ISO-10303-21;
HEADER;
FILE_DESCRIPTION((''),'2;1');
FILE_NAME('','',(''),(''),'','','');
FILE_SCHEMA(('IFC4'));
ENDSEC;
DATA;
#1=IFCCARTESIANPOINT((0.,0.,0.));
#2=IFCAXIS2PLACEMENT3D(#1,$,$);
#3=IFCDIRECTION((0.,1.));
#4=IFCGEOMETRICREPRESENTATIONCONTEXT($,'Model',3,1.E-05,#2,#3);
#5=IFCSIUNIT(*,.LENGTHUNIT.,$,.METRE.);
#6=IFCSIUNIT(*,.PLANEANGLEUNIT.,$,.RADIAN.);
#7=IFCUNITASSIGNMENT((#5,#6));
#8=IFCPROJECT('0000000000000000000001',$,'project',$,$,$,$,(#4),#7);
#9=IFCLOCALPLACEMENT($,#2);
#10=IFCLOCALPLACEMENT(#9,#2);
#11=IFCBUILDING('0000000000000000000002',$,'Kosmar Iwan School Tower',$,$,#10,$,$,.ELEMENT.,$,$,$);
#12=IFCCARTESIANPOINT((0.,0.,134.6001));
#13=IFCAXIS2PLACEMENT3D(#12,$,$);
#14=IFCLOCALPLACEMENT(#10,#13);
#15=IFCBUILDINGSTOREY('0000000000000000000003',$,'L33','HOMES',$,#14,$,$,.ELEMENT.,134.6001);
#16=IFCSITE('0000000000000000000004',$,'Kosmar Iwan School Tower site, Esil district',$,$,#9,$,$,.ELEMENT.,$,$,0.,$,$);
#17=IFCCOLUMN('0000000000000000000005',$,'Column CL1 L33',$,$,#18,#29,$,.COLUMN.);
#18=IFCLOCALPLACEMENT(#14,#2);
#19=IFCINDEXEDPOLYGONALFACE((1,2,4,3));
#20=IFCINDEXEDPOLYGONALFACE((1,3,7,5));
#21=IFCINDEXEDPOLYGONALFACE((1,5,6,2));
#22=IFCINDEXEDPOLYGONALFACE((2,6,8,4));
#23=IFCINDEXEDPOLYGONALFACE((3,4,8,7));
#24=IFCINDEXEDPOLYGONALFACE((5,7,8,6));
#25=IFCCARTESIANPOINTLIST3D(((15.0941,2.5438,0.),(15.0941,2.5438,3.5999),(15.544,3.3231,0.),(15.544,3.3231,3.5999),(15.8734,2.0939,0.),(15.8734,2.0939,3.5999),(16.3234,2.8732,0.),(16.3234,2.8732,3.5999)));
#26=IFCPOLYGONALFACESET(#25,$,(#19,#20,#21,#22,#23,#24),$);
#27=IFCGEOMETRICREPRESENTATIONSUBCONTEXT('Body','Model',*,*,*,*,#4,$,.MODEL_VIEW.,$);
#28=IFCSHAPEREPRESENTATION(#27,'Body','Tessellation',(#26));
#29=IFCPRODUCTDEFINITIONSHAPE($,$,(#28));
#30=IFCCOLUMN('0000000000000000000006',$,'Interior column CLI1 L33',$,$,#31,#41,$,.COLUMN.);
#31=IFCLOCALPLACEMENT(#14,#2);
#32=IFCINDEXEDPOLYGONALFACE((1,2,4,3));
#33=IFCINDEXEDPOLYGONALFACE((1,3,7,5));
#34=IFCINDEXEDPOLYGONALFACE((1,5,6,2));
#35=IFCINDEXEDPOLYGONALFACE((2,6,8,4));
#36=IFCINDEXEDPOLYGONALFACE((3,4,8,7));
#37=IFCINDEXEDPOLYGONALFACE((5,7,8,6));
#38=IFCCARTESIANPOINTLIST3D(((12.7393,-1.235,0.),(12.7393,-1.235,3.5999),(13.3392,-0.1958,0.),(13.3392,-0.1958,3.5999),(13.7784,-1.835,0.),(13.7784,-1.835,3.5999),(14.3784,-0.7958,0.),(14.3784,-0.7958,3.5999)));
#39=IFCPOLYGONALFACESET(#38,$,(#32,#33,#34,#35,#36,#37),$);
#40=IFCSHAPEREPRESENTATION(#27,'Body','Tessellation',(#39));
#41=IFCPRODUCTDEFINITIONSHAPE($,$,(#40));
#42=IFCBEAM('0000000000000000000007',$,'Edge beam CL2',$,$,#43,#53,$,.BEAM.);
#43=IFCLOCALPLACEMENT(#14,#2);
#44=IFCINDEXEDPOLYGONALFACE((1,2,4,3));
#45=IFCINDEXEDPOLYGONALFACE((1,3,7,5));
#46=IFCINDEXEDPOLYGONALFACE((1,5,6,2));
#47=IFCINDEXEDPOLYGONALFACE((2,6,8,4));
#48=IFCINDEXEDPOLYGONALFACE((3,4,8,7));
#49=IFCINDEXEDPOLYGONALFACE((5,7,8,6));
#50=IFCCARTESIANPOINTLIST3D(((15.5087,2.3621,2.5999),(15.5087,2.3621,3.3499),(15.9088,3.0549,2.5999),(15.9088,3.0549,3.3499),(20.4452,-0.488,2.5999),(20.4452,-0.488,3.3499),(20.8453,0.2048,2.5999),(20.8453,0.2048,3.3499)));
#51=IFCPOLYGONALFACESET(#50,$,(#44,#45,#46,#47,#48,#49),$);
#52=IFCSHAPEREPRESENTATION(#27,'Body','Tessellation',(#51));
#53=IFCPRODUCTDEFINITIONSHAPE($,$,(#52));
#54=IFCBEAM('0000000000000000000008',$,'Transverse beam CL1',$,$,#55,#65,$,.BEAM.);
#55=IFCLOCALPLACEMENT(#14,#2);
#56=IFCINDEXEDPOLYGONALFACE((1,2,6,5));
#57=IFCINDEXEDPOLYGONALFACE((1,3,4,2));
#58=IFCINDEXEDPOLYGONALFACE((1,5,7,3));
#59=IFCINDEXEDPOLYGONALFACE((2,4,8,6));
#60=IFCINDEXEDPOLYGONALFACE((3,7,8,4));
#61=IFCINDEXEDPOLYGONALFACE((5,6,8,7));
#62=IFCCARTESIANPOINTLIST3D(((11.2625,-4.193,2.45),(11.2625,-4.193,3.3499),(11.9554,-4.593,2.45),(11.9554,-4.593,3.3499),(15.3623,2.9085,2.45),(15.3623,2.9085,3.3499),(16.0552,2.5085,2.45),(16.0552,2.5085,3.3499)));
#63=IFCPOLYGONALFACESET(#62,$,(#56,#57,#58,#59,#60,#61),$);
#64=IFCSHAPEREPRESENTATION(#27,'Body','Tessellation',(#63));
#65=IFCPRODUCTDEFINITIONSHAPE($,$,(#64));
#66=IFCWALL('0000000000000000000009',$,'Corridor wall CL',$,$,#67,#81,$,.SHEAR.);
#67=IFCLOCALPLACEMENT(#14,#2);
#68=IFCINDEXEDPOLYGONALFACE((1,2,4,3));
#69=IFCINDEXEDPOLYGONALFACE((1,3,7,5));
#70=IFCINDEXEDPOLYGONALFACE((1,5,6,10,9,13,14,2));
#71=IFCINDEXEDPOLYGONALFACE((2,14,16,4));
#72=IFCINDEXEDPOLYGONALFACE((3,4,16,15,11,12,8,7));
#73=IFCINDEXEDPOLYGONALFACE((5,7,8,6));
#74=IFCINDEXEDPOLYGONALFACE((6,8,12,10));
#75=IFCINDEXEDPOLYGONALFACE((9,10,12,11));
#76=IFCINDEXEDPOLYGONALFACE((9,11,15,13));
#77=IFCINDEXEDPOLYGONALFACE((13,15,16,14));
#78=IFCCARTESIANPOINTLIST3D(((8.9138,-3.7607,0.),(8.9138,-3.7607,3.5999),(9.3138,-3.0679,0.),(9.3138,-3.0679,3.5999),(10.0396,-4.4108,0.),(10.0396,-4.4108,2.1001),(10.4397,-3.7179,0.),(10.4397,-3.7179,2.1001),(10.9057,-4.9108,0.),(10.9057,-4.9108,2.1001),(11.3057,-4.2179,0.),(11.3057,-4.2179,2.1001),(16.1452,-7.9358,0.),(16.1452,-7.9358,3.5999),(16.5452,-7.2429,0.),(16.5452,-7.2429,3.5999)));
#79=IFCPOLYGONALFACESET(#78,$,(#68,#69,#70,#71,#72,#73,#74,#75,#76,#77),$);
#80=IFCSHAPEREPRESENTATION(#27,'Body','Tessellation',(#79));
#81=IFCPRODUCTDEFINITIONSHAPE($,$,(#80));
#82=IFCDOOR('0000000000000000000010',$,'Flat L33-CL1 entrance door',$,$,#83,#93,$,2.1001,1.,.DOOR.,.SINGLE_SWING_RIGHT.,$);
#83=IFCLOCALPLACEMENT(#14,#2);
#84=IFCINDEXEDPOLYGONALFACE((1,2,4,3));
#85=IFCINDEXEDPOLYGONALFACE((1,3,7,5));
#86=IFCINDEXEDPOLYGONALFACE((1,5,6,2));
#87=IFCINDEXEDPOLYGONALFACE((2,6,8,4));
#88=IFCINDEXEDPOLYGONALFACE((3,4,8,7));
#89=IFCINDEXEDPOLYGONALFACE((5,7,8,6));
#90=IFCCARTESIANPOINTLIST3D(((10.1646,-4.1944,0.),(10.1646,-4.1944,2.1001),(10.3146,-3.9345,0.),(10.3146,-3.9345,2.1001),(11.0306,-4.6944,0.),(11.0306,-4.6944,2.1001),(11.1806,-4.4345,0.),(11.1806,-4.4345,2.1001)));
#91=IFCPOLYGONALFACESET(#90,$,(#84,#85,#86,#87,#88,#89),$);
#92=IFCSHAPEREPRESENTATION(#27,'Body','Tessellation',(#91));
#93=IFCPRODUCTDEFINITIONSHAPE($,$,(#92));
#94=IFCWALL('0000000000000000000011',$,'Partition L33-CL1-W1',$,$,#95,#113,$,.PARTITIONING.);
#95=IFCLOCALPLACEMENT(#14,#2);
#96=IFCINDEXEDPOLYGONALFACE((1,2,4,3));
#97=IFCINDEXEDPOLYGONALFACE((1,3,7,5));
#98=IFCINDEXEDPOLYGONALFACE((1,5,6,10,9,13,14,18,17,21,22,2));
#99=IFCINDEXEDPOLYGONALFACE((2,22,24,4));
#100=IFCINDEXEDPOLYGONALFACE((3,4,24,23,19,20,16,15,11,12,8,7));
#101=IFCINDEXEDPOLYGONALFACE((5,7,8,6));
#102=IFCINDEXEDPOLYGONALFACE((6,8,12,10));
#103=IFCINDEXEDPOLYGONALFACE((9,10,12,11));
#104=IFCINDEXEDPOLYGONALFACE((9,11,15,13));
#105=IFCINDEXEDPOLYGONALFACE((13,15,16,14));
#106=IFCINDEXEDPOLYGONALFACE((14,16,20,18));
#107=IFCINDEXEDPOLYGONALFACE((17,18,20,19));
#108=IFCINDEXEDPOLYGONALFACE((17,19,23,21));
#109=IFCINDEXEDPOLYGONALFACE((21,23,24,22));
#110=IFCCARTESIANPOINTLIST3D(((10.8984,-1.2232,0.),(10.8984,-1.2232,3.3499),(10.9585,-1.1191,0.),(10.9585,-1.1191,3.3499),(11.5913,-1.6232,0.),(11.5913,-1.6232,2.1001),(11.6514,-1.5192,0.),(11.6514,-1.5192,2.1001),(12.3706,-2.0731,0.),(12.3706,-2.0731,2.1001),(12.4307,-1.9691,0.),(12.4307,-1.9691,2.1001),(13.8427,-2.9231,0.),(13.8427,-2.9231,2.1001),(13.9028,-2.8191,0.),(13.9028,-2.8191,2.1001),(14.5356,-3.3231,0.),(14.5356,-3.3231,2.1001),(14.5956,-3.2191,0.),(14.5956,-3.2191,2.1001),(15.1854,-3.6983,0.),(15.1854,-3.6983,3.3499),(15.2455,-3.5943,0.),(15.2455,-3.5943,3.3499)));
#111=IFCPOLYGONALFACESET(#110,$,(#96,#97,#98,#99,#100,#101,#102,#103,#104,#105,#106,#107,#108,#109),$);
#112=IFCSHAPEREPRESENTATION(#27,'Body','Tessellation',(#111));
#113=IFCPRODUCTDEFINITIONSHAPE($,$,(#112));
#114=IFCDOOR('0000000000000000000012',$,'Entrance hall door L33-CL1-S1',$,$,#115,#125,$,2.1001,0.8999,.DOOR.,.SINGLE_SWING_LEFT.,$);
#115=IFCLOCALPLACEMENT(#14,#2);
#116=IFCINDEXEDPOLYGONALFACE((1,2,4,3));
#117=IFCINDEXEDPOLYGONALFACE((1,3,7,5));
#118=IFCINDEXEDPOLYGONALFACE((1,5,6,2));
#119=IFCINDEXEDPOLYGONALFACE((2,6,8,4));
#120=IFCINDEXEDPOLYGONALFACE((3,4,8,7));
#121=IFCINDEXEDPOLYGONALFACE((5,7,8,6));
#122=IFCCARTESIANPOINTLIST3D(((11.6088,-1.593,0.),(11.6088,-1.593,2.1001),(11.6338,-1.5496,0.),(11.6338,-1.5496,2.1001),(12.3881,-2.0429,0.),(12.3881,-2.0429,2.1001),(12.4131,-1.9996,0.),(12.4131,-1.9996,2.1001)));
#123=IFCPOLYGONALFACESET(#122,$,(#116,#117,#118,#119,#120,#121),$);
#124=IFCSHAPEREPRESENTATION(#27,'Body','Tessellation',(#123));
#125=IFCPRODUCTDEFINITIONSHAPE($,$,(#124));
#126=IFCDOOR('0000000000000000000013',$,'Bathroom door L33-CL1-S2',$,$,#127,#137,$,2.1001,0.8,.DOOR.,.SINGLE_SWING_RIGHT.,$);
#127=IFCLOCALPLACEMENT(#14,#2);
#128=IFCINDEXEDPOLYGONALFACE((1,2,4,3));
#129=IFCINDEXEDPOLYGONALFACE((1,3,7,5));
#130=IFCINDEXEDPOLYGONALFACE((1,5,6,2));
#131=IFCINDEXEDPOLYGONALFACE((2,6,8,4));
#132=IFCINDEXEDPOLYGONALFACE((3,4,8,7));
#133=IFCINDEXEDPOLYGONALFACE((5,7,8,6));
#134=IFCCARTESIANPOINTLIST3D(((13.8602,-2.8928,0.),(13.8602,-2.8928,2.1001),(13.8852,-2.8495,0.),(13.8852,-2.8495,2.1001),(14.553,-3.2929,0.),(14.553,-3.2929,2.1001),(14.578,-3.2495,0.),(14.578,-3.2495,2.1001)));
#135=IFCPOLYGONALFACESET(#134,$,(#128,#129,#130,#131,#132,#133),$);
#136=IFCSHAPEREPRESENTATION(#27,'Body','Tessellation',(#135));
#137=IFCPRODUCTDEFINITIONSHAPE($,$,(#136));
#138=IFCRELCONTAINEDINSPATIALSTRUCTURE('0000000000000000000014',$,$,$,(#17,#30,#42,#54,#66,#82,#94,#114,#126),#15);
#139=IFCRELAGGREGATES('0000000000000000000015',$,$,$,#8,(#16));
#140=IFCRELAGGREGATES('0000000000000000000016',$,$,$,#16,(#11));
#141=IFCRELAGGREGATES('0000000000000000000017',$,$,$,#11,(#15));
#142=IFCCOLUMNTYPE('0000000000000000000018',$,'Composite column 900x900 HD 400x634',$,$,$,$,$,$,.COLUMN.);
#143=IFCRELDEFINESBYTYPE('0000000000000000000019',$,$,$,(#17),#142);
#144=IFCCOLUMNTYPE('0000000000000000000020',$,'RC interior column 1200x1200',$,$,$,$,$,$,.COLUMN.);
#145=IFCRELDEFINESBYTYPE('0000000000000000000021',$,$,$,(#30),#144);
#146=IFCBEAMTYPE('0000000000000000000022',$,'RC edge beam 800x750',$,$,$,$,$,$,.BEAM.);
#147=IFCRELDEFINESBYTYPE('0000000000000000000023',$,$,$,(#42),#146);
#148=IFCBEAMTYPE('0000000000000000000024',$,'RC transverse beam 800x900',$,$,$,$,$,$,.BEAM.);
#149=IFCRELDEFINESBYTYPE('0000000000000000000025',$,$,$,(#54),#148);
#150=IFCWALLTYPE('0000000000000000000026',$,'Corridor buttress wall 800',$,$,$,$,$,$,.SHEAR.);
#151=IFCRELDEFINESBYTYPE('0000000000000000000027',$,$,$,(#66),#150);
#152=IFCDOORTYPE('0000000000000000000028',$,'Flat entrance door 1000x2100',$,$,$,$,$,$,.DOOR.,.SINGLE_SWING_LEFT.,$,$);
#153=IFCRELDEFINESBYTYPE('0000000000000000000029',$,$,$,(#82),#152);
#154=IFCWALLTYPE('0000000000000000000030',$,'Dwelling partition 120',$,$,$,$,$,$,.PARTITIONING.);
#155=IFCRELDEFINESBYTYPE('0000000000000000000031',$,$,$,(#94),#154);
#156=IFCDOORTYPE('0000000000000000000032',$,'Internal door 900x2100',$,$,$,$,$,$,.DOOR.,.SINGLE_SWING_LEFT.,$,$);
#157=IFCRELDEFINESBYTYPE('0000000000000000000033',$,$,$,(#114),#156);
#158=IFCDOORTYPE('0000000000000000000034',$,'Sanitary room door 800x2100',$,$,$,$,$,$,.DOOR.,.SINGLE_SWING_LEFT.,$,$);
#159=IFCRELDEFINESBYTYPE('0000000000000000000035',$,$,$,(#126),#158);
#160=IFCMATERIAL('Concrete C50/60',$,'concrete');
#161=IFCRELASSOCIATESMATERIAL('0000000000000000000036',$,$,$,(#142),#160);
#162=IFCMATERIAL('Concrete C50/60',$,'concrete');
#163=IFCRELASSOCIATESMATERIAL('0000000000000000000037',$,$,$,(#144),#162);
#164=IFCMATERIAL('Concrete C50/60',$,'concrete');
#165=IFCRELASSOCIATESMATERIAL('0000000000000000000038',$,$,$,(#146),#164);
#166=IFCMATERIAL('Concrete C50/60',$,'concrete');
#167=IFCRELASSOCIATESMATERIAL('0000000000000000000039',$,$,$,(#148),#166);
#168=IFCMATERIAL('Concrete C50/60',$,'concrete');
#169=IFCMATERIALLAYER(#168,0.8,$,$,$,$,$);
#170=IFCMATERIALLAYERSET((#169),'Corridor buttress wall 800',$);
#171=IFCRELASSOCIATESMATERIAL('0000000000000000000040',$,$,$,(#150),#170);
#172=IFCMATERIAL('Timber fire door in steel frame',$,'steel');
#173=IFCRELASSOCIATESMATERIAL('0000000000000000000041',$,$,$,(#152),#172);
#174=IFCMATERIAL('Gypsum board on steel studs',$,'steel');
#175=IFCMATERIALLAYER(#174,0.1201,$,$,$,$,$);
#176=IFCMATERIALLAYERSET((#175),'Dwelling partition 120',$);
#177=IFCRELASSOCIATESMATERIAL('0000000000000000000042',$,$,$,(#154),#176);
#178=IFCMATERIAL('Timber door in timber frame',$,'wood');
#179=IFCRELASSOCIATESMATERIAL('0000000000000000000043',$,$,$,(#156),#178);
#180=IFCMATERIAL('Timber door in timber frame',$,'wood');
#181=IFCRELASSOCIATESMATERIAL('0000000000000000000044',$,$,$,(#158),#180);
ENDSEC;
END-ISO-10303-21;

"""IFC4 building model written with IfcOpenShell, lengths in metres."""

from ifc_helpers import new_model, si_unit, direction, frame, frame_2d, origin, origin_2d, place, context, subcontext, project, spatial, rectangle, extrude, material, layer, layer_set, material_profile, profile_set, type_object, element, fill, save


model = new_model("IFC4")

# Units and contexts
model_context = context("Model", 3, precision=1e-05, world=origin(), true_north=direction((0.0, 1.0)))
body_context = subcontext(model_context, "Body", "Model", "MODEL_VIEW")
ifc_project = project(units=[si_unit("LENGTHUNIT", "METRE"), si_unit("PLANEANGLEUNIT", "RADIAN")], contexts=[model_context])

# Site, building, storey
site_placement = place(None, origin())
site = spatial("IfcSite", under=ifc_project, at=site_placement, Name="Kosmar Iwan School Tower site, Esil district", CompositionType="ELEMENT", RefElevation=0.0)
building_placement = place(site_placement, origin())
building = spatial("IfcBuilding", under=site, at=building_placement, Name="Kosmar Iwan School Tower", CompositionType="ELEMENT")
storey_placement = place(building_placement, frame((0.0, 0.0, 134.6001)))
storey = spatial("IfcBuildingStorey", under=building, at=storey_placement, Name="L33", Description="HOMES", CompositionType="ELEMENT", Elevation=134.6001)

# Columns
ifc_material_1 = material(Name="Concrete C50/60", Category="concrete")
ifc_material_profile_1 = material_profile(ifc_material_1, rectangle(XDim=0.8999, YDim=0.8999, at=origin_2d()), Name="RC 900x900 + HD 400x634")
ifc_profile_set_1 = profile_set([ifc_material_profile_1], Name="Concrete C50/60")
column_type_1 = type_object("IfcColumnType", Name="Composite column 900x900 HD 400x634", PredefinedType="COLUMN", material=ifc_profile_set_1)
column_1_placement = place(storey_placement, frame((15.7087, 2.7085, 0.0), z_axis=(0.0, 0.0, 1.0), x_axis=(0.866025, -0.5, 0.0)))
element("IfcColumn", 1, at=column_1_placement, inside=storey, type_object=column_type_1, Name="Column CL1 L33", PredefinedType="COLUMN", context=body_context, shape_type="SweptSolid", body=[
    extrude(rectangle(XDim=0.8999, YDim=0.8999, at=origin_2d()), origin(), (0.0, 0.0, 1.0), 3.5999),
])
ifc_material_2 = material(Name="Concrete C50/60", Category="concrete")
ifc_material_profile_2 = material_profile(ifc_material_2, rectangle(XDim=1.2, YDim=1.2, at=origin_2d()), Name="RC 1200x1200")
ifc_profile_set_2 = profile_set([ifc_material_profile_2], Name="Concrete C50/60")
column_type_2 = type_object("IfcColumnType", Name="RC interior column 1200x1200", PredefinedType="COLUMN", material=ifc_profile_set_2)
column_2_placement = place(storey_placement, frame((13.5588, -1.0154, 0.0), z_axis=(0.0, 0.0, 1.0), x_axis=(0.866025, -0.5, 0.0)))
element("IfcColumn", 2, at=column_2_placement, inside=storey, type_object=column_type_2, Name="Interior column CLI1 L33", PredefinedType="COLUMN", context=body_context, shape_type="SweptSolid", body=[
    extrude(rectangle(XDim=1.2, YDim=1.2, at=origin_2d()), origin(), (0.0, 0.0, 1.0), 3.5999),
])

# Beams
ifc_material_3 = material(Name="Concrete C50/60", Category="concrete")
ifc_material_profile_3 = material_profile(ifc_material_3, rectangle(XDim=0.8, YDim=0.75, at=origin_2d()), Name="RC 800x750")
ifc_profile_set_3 = profile_set([ifc_material_profile_3], Name="Concrete C50/60")
beam_type_1 = type_object("IfcBeamType", Name="RC edge beam 800x750", PredefinedType="BEAM", material=ifc_profile_set_3)
beam_1_placement = place(storey_placement, frame((15.7087, 2.7085, 2.9749), z_axis=(0.866026, -0.499999, 0.0), x_axis=(0.499999, 0.866026, 0.0)))
element("IfcBeam", 3, at=beam_1_placement, inside=storey, type_object=beam_type_1, Name="Edge beam CL2", PredefinedType="BEAM", context=body_context, shape_type="SweptSolid", body=[
    extrude(rectangle(XDim=0.8, YDim=0.75, at=origin_2d()), origin(), (0.0, 0.0, 1.0), 5.7002),
])
ifc_material_4 = material(Name="Concrete C50/60", Category="concrete")
ifc_material_profile_4 = material_profile(ifc_material_4, rectangle(XDim=0.8, YDim=0.8999, at=origin_2d()), Name="RC 800x900")
ifc_profile_set_4 = profile_set([ifc_material_profile_4], Name="Concrete C50/60")
beam_type_2 = type_object("IfcBeamType", Name="RC transverse beam 800x900", PredefinedType="BEAM", material=ifc_profile_set_4)
beam_2_placement = place(storey_placement, frame((15.7087, 2.7085, 2.8999), z_axis=(-0.499978, -0.866038, 0.0), x_axis=(0.866038, -0.499978, 0.0)))
element("IfcBeam", 4, at=beam_2_placement, inside=storey, type_object=beam_type_2, Name="Transverse beam CL1", PredefinedType="BEAM", context=body_context, shape_type="SweptSolid", body=[
    extrude(rectangle(XDim=0.8, YDim=0.8999, at=origin_2d()), origin(), (0.0, 0.0, 1.0), 8.2),
])

# Wall, opening, door
ifc_material_5 = material(Name="Concrete C50/60", Category="concrete")
ifc_layer_1 = layer(ifc_material_5, 0.8)
ifc_layer_set_1 = layer_set([ifc_layer_1], Name="Corridor buttress wall 800")
wall_type_1 = type_object("IfcWallType", Name="Corridor buttress wall 800", PredefinedType="SHEAR", material=ifc_layer_set_1)
wall_1_placement = place(storey_placement, frame((9.1138, -3.4143, 0.0), z_axis=(0.0, 0.0, 1.0), x_axis=(0.866027, -0.499997, 0.0)))
wall_1 = element("IfcWall", 5, at=wall_1_placement, inside=storey, type_object=wall_type_1, Name="Corridor wall CL", PredefinedType="SHEAR", context=body_context, shape_type="SweptSolid", body=[
    extrude(rectangle(XDim=8.3501, YDim=0.8, at=frame_2d((4.175, 0.0))), origin(), (0.0, 0.0, 1.0), 3.5999),
])
opening_1_placement = place(wall_1_placement, frame((1.3, 0.0, 0.0)))
opening_1 = element("IfcOpeningElement", 6, at=opening_1_placement, cuts=wall_1, PredefinedType="OPENING", context=body_context, shape_type="SweptSolid", body=[
    extrude(rectangle(XDim=1.0, YDim=2.1001, at=frame_2d((0.5, 1.05))), frame((0.0, 0.4121, 0.0), z_axis=(0.0, -1.0, 0.0), x_axis=(1.0, 0.0, 0.0)), (0.0, 0.0, 1.0), 0.824),
])
ifc_material_6 = material(Name="Timber fire door in steel frame", Category="steel")
door_type_1 = type_object("IfcDoorType", Name="Flat entrance door 1000x2100", OperationType="SINGLE_SWING_LEFT", PredefinedType="DOOR", material=ifc_material_6)
door_1_placement = place(opening_1_placement, origin())
door_1 = element("IfcDoor", 7, at=door_1_placement, inside=storey, type_object=door_type_1, Name="Flat L33-CL1 entrance door", OperationType="SINGLE_SWING_RIGHT", OverallHeight=2.1001, OverallWidth=1.0, PredefinedType="DOOR", context=body_context, shape_type="SweptSolid", body=[
    extrude(rectangle(XDim=1.0, YDim=2.1001, at=frame_2d((0.5, 1.05))), frame((0.0, 0.1499, 0.0), z_axis=(0.0, -1.0, 0.0), x_axis=(1.0, 0.0, 0.0)), (0.0, 0.0, 1.0), 0.3),
])
fill(opening_1, door_1)

# Wall, openings, doors
ifc_material_7 = material(Name="Gypsum board on steel studs", Category="steel")
ifc_layer_2 = layer(ifc_material_7, 0.1201)
ifc_layer_set_2 = layer_set([ifc_layer_2], Name="Dwelling partition 120")
wall_type_2 = type_object("IfcWallType", Name="Dwelling partition 120", PredefinedType="PARTITIONING", material=ifc_layer_set_2)
wall_2_placement = place(storey_placement, frame((10.9285, -1.1711, 0.0), z_axis=(0.0, 0.0, 1.0), x_axis=(0.866019, -0.500011, 0.0)))
wall_2 = element("IfcWall", 8, at=wall_2_placement, inside=storey, type_object=wall_type_2, Name="Partition L33-CL1-W1", PredefinedType="PARTITIONING", context=body_context, shape_type="SweptSolid", body=[
    extrude(rectangle(XDim=4.9502, YDim=0.1201, at=frame_2d((2.4751, 0.0))), origin(), (0.0, 0.0, 1.0), 3.3499),
])
opening_2_placement = place(wall_2_placement, frame((0.8, 0.0, 0.0)))
opening_2 = element("IfcOpeningElement", 9, at=opening_2_placement, cuts=wall_2, PredefinedType="OPENING", context=body_context, shape_type="SweptSolid", body=[
    extrude(rectangle(XDim=0.8999, YDim=2.1001, at=frame_2d((0.45, 1.05))), frame((0.0, 0.072, 0.0), z_axis=(0.0, -1.0, 0.0), x_axis=(1.0, 0.0, 0.0)), (0.0, 0.0, 1.0), 0.144),
])
opening_3_placement = place(wall_2_placement, frame((3.3999, 0.0, 0.0)))
opening_3 = element("IfcOpeningElement", 10, at=opening_3_placement, cuts=wall_2, PredefinedType="OPENING", context=body_context, shape_type="SweptSolid", body=[
    extrude(rectangle(XDim=0.8, YDim=2.1001, at=frame_2d((0.3999, 1.05))), frame((0.0, 0.072, 0.0), z_axis=(0.0, -1.0, 0.0), x_axis=(1.0, 0.0, 0.0)), (0.0, 0.0, 1.0), 0.144),
])
ifc_material_8 = material(Name="Timber door in timber frame", Category="wood")
door_type_2 = type_object("IfcDoorType", Name="Internal door 900x2100", OperationType="SINGLE_SWING_LEFT", PredefinedType="DOOR", material=ifc_material_8)
door_2_placement = place(opening_2_placement, origin())
door_2 = element("IfcDoor", 11, at=door_2_placement, inside=storey, type_object=door_type_2, Name="Entrance hall door L33-CL1-S1", OperationType="SINGLE_SWING_LEFT", OverallHeight=2.1001, OverallWidth=0.8999, PredefinedType="DOOR", context=body_context, shape_type="SweptSolid", body=[
    extrude(rectangle(XDim=0.8999, YDim=2.1001, at=frame_2d((0.45, 1.05))), frame((0.0, 0.0249, 0.0), z_axis=(0.0, -1.0, 0.0), x_axis=(1.0, 0.0, 0.0)), (0.0, 0.0, 1.0), 0.05),
])
fill(opening_2, door_2)
ifc_material_9 = material(Name="Timber door in timber frame", Category="wood")
door_type_3 = type_object("IfcDoorType", Name="Sanitary room door 800x2100", OperationType="SINGLE_SWING_LEFT", PredefinedType="DOOR", material=ifc_material_9)
door_3_placement = place(opening_3_placement, origin())
door_3 = element("IfcDoor", 12, at=door_3_placement, inside=storey, type_object=door_type_3, Name="Bathroom door L33-CL1-S2", OperationType="SINGLE_SWING_RIGHT", OverallHeight=2.1001, OverallWidth=0.8, PredefinedType="DOOR", context=body_context, shape_type="SweptSolid", body=[
    extrude(rectangle(XDim=0.8, YDim=2.1001, at=frame_2d((0.3999, 1.05))), frame((0.0, 0.0249, 0.0), z_axis=(0.0, -1.0, 0.0), x_axis=(1.0, 0.0, 0.0)), (0.0, 0.0, 1.0), 0.05),
])
fill(opening_3, door_3)

save(model, "model.ifc")
